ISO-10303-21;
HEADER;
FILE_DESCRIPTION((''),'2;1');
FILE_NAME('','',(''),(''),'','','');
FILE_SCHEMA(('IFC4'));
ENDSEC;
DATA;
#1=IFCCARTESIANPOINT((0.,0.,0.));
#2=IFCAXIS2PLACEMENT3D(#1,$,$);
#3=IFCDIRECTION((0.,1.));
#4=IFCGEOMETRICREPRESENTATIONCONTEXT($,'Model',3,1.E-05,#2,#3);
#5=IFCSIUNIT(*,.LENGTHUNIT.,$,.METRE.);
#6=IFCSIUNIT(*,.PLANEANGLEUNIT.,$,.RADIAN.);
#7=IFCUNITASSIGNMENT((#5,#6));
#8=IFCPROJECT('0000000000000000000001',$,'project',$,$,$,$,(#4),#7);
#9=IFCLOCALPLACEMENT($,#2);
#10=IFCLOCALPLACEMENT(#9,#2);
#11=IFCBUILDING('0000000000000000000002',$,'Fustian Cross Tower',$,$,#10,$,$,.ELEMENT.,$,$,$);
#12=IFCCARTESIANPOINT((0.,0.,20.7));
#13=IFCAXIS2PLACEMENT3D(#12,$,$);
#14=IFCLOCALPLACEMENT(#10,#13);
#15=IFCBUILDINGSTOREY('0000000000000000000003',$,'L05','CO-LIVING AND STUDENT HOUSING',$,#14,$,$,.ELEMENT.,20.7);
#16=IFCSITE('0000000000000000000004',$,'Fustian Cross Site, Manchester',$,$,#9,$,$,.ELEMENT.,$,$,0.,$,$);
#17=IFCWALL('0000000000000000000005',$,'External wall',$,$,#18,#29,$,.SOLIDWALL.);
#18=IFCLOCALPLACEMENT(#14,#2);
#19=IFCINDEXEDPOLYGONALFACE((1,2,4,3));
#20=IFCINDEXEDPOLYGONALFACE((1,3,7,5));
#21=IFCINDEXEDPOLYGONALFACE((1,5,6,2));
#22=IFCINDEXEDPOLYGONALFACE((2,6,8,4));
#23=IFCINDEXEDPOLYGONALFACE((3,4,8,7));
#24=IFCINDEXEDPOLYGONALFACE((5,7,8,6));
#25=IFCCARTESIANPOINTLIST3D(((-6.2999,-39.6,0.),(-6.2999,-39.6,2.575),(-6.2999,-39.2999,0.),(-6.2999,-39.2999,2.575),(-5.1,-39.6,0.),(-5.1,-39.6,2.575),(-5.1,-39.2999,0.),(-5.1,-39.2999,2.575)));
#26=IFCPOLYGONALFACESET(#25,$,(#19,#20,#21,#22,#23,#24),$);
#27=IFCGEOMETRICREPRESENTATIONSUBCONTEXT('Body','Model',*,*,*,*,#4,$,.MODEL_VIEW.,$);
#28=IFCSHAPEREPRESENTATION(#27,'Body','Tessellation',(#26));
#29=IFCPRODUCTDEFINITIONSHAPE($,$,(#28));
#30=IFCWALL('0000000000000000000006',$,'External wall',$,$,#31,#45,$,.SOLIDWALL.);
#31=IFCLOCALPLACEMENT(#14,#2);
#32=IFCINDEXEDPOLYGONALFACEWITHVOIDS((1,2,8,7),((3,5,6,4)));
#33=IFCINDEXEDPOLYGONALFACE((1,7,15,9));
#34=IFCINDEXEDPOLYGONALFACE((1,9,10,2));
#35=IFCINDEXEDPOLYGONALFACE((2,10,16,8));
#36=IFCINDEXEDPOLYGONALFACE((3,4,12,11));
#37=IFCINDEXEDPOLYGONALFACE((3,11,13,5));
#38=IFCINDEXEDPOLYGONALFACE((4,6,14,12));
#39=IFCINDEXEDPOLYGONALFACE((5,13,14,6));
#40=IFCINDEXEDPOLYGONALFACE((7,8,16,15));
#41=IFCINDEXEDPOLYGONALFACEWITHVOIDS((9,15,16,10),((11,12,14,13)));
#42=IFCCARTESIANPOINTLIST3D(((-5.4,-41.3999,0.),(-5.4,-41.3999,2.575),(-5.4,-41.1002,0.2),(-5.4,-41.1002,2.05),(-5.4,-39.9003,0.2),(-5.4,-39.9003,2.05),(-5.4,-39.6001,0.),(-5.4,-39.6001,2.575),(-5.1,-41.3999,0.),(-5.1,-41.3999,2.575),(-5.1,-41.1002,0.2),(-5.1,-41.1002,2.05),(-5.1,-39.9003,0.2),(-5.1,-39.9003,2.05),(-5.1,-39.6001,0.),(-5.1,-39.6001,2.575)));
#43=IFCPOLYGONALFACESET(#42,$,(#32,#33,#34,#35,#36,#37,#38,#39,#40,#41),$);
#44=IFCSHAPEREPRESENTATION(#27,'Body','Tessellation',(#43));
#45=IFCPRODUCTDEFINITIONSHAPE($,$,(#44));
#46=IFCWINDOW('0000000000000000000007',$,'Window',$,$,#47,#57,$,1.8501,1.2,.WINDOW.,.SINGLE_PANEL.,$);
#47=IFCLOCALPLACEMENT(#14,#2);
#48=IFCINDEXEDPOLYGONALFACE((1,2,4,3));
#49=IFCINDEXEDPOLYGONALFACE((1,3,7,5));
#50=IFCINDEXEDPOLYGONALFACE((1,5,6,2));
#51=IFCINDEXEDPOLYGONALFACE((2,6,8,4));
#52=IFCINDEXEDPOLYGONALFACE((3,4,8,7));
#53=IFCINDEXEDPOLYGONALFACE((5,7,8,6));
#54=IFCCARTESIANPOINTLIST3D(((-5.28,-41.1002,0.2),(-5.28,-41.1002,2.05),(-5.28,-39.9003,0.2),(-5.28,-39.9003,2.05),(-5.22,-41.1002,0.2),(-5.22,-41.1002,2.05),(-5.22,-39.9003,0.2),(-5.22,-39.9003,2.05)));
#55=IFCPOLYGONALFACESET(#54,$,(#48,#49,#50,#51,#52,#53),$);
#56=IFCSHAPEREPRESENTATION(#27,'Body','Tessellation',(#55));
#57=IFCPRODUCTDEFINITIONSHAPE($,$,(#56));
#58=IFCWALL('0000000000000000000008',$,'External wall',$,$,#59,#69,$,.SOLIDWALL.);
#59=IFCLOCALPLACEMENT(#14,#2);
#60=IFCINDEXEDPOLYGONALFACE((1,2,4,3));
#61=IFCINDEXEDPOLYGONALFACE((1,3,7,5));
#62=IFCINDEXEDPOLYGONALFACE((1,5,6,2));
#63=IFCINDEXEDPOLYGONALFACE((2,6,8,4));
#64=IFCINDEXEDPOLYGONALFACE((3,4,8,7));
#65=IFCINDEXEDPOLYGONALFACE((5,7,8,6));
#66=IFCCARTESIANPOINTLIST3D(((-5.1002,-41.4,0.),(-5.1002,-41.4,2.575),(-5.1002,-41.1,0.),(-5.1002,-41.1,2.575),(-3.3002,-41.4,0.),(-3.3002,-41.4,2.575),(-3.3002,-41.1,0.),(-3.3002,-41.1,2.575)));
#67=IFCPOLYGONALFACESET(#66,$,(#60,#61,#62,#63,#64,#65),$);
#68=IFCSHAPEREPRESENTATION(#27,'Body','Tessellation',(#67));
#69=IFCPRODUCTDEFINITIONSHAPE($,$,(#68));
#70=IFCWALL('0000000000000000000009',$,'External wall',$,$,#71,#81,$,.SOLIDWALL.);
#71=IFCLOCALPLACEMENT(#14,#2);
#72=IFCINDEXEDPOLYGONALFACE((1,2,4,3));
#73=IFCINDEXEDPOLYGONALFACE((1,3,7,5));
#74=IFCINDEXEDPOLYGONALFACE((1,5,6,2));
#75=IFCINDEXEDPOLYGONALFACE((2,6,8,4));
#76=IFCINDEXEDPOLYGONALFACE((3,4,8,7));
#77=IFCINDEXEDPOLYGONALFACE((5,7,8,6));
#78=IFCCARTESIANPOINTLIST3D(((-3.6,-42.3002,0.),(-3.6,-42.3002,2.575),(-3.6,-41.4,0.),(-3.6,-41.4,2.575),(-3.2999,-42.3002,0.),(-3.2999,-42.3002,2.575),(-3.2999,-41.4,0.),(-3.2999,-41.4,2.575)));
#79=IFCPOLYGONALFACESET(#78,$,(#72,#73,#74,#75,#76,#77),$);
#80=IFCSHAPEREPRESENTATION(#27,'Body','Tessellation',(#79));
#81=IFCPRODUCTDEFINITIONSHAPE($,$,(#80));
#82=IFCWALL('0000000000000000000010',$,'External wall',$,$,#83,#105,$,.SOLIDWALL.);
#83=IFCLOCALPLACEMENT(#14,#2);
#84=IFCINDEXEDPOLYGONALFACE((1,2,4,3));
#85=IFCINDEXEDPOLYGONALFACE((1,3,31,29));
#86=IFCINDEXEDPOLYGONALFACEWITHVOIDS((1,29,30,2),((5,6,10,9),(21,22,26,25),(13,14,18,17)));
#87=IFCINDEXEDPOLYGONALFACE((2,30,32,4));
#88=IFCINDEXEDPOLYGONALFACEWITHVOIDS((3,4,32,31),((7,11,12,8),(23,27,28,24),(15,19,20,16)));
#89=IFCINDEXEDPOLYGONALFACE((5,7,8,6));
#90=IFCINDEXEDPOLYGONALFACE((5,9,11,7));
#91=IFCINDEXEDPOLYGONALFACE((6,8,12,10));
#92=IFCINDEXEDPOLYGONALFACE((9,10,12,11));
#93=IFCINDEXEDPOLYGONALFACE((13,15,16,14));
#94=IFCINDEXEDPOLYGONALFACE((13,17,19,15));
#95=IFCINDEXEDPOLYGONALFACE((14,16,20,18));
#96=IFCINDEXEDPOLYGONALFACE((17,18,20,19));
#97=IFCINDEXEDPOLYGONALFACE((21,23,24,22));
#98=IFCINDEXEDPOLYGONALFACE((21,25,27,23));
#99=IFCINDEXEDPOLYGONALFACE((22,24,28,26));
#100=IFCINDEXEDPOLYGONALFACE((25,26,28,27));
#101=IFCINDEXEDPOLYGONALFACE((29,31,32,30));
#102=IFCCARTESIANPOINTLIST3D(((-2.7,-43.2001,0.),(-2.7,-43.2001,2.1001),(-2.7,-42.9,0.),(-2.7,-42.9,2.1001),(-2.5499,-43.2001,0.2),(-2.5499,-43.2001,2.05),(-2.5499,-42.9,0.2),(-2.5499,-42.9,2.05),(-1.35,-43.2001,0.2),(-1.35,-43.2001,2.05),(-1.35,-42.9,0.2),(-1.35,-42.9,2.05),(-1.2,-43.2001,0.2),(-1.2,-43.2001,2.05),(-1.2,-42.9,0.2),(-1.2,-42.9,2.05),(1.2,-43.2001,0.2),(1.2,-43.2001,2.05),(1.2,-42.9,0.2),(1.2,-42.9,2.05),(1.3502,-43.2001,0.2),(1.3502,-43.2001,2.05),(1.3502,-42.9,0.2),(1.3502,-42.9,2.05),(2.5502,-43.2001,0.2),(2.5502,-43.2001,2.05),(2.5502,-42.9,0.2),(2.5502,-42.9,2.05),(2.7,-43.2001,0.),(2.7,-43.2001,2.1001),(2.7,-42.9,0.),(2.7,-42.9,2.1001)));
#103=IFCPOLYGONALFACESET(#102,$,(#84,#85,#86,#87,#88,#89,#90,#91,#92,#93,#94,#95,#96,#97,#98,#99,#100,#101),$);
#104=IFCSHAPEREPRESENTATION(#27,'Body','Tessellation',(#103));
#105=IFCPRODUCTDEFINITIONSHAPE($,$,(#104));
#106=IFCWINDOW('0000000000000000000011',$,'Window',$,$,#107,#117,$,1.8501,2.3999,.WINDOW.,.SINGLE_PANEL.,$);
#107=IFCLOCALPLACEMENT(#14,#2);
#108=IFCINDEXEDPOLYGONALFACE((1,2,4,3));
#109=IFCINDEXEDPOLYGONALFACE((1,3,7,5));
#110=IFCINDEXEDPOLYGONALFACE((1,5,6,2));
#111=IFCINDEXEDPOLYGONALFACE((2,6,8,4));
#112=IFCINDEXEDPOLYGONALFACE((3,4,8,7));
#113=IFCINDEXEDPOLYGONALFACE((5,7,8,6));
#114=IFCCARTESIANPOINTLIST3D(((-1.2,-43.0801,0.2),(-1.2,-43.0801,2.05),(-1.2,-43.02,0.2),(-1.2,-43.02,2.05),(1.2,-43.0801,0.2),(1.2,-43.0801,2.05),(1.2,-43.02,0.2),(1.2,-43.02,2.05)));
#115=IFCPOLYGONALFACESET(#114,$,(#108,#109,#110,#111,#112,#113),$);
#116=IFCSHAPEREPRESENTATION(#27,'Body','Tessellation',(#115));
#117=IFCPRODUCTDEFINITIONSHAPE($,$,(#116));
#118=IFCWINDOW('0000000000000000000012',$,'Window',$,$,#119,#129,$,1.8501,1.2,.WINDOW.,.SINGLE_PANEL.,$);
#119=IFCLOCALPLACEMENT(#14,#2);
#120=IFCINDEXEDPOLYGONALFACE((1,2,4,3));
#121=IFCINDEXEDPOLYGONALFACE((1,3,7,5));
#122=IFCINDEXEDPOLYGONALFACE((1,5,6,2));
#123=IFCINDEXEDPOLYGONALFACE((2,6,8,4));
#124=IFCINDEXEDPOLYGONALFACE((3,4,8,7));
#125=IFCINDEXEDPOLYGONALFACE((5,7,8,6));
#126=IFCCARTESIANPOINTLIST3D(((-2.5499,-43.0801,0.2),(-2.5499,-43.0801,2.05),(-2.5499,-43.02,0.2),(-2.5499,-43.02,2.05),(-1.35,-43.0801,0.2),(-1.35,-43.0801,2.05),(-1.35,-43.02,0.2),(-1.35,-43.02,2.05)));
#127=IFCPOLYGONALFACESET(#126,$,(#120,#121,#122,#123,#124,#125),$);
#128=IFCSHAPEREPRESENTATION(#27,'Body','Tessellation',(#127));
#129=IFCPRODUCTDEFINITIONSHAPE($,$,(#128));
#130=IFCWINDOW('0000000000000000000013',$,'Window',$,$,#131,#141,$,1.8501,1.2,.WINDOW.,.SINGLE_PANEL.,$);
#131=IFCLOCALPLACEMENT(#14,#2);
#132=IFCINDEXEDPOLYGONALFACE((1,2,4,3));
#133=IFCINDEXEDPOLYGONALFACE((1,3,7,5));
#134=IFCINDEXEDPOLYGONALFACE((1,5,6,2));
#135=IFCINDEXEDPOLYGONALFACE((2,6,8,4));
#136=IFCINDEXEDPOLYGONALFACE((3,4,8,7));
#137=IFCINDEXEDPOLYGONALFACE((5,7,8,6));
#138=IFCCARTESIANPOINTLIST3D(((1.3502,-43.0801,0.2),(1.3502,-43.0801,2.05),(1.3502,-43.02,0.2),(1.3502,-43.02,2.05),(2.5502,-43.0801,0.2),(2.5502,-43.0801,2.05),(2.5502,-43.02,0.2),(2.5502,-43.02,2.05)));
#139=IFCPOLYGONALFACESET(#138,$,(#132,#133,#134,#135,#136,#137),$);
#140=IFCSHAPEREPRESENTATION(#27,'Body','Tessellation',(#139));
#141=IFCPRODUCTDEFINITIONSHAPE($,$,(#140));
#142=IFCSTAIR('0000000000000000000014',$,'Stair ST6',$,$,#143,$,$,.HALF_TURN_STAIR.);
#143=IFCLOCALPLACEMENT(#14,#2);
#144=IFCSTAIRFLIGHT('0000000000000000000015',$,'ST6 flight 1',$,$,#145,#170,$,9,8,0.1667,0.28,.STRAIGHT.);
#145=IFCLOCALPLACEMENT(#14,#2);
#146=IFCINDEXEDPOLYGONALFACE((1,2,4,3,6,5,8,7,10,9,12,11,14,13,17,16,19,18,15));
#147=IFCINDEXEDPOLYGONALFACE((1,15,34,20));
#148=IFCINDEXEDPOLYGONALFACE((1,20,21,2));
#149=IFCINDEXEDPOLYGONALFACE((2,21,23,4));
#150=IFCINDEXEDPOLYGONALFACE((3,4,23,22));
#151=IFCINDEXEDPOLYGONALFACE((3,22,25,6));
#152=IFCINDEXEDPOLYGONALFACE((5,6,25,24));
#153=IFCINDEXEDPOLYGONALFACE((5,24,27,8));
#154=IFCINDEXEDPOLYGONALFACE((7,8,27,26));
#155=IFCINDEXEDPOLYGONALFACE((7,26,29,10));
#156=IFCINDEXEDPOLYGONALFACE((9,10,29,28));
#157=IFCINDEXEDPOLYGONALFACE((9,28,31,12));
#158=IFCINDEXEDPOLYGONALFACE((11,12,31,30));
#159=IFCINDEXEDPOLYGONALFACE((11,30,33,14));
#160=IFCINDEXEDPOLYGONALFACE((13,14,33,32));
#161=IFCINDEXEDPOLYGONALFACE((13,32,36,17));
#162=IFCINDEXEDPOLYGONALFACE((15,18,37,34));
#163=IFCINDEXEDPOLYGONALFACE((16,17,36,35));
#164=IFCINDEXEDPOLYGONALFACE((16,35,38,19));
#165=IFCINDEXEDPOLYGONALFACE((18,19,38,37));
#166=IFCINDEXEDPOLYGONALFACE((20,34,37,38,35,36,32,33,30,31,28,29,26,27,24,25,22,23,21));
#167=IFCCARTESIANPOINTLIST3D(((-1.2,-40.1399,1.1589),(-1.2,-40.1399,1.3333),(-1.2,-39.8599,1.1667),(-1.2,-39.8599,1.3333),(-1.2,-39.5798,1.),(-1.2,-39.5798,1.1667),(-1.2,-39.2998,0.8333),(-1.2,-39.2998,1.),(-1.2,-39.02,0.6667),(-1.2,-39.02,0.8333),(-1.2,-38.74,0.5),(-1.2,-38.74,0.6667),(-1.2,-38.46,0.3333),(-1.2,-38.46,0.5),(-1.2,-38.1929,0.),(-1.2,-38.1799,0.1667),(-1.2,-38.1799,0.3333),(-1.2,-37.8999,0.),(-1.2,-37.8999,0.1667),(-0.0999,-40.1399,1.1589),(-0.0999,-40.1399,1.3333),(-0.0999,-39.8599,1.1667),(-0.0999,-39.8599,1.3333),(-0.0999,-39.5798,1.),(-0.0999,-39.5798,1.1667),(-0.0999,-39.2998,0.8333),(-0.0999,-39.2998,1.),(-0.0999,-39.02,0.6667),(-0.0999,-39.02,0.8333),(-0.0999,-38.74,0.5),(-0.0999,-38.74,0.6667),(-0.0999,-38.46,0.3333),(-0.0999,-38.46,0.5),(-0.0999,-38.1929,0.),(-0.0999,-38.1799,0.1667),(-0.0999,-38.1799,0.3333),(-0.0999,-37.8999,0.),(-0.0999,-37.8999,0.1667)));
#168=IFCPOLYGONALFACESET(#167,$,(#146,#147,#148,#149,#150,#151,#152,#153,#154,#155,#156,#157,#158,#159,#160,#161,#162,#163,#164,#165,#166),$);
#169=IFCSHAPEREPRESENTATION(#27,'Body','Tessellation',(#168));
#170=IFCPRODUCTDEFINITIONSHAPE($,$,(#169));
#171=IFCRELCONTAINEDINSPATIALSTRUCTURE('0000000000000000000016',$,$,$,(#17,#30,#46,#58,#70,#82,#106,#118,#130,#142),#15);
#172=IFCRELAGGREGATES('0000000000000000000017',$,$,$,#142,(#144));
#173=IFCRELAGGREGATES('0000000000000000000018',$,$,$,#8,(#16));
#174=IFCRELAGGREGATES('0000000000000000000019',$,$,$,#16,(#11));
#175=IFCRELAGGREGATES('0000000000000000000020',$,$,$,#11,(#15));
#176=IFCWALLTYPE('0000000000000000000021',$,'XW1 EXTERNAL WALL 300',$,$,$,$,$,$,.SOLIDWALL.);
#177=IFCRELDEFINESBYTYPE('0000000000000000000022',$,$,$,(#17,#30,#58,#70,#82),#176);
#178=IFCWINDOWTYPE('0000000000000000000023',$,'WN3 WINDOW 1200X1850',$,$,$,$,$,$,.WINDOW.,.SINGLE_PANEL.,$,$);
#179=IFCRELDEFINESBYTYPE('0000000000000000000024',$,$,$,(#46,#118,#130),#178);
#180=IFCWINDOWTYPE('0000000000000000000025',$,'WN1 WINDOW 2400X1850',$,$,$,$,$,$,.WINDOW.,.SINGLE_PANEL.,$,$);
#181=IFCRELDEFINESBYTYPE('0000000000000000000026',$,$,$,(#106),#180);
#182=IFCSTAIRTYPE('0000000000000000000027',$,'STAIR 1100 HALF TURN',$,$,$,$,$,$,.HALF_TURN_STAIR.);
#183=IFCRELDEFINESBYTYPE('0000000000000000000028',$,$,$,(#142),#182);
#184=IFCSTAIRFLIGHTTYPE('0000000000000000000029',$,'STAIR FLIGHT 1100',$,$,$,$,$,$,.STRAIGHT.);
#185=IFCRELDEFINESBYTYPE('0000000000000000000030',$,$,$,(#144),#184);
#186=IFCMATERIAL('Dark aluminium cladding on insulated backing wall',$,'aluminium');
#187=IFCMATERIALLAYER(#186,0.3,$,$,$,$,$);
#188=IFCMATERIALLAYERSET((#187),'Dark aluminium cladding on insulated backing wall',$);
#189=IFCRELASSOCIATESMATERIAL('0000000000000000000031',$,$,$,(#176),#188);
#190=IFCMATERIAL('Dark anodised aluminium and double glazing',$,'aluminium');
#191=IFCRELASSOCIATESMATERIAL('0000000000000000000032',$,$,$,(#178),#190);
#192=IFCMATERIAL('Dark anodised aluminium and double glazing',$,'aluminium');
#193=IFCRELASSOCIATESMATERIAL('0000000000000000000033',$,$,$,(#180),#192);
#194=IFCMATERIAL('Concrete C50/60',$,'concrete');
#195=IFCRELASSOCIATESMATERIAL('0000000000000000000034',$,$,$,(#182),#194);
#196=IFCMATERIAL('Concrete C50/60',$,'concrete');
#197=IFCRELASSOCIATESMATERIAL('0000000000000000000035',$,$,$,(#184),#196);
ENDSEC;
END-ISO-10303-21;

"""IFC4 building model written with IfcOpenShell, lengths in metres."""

from ifc_helpers import new_model, si_unit, direction, frame, frame_2d, origin, place, context, subcontext, project, spatial, polyline, rectangle, outline, extrude, material, layer, layer_set, type_object, element, fill, aggregate, save


model = new_model("IFC4")

# Units and contexts
model_context = context("Model", 3, precision=1e-05, world=origin(), true_north=direction((0.0, 1.0)))
body_context = subcontext(model_context, "Body", "Model", "MODEL_VIEW")
ifc_project = project(units=[si_unit("LENGTHUNIT", "METRE"), si_unit("PLANEANGLEUNIT", "RADIAN")], contexts=[model_context])

# Site, building, storey
site_placement = place(None, origin())
site = spatial("IfcSite", under=ifc_project, at=site_placement, Name="Fustian Cross Site, Manchester", CompositionType="ELEMENT", RefElevation=0.0)
building_placement = place(site_placement, origin())
building = spatial("IfcBuilding", under=site, at=building_placement, Name="Fustian Cross Tower", CompositionType="ELEMENT")
storey_placement = place(building_placement, frame((0.0, 0.0, 20.7)))
storey = spatial("IfcBuildingStorey", under=building, at=storey_placement, Name="L05", Description="CO-LIVING AND STUDENT HOUSING", CompositionType="ELEMENT", Elevation=20.7)

# Wall
ifc_material_1 = material(Name="Dark aluminium cladding on insulated backing wall", Category="aluminium")
ifc_layer_1 = layer(ifc_material_1, 0.3)
ifc_layer_set_1 = layer_set([ifc_layer_1], Name="Dark aluminium cladding on insulated backing wall")
wall_type_1 = type_object("IfcWallType", Name="XW1 EXTERNAL WALL 300", PredefinedType="SOLIDWALL", material=ifc_layer_set_1)
wall_1_placement = place(storey_placement, frame((-6.3, -39.45, 0.0), z_axis=(0.0, 0.0, 1.0), x_axis=(1.0, 0.0, 0.0)))
element("IfcWall", 1, at=wall_1_placement, inside=storey, type_object=wall_type_1, Name="External wall", PredefinedType="SOLIDWALL", context=body_context, shape_type="SweptSolid", body=[
    extrude(rectangle(XDim=1.2, YDim=0.3, at=frame_2d((0.6001, 0.0))), origin(), (0.0, 0.0, 1.0), 2.575),
])

# Wall, opening, window
wall_2_placement = place(storey_placement, frame((-5.25, -39.6001, 0.0), z_axis=(0.0, 0.0, 1.0), x_axis=(0.0, -1.0, 0.0)))
wall_2 = element("IfcWall", 2, at=wall_2_placement, inside=storey, type_object=wall_type_1, Name="External wall", PredefinedType="SOLIDWALL", context=body_context, shape_type="SweptSolid", body=[
    extrude(rectangle(XDim=1.7998, YDim=0.3, at=frame_2d((0.8999, 0.0))), origin(), (0.0, 0.0, 1.0), 2.575),
])
opening_1_placement = place(wall_2_placement, frame((0.3, 0.0, 0.2)))
opening_1 = element("IfcOpeningElement", 3, at=opening_1_placement, cuts=wall_2, PredefinedType="OPENING", context=body_context, shape_type="SweptSolid", body=[
    extrude(rectangle(XDim=1.2, YDim=1.8501, at=frame_2d((0.6001, 0.925))), frame((0.0, 0.1599, 0.0), z_axis=(0.0, -1.0, 0.0), x_axis=(1.0, 0.0, 0.0)), (0.0, 0.0, 1.0), 0.3201),
])
ifc_material_2 = material(Name="Dark anodised aluminium and double glazing", Category="aluminium")
window_type_1 = type_object("IfcWindowType", Name="WN3 WINDOW 1200X1850", PartitioningType="SINGLE_PANEL", PredefinedType="WINDOW", material=ifc_material_2)
window_1_placement = place(opening_1_placement, origin())
window_1 = element("IfcWindow", 4, at=window_1_placement, inside=storey, type_object=window_type_1, Name="Window", OverallHeight=1.8501, OverallWidth=1.2, PartitioningType="SINGLE_PANEL", PredefinedType="WINDOW", context=body_context, shape_type="SweptSolid", body=[
    extrude(rectangle(XDim=1.2, YDim=1.8501, at=frame_2d((0.6001, 0.925))), frame((0.0, 0.03, 0.0), z_axis=(0.0, -1.0, 0.0), x_axis=(1.0, 0.0, 0.0)), (0.0, 0.0, 1.0), 0.0601),
])
fill(opening_1, window_1)

# Walls
wall_3_placement = place(storey_placement, frame((-5.1001, -41.25, 0.0), z_axis=(0.0, 0.0, 1.0), x_axis=(1.0, 0.0, 0.0)))
element("IfcWall", 5, at=wall_3_placement, inside=storey, type_object=wall_type_1, Name="External wall", PredefinedType="SOLIDWALL", context=body_context, shape_type="SweptSolid", body=[
    extrude(rectangle(XDim=1.8, YDim=0.3, at=frame_2d((0.8999, 0.0))), origin(), (0.0, 0.0, 1.0), 2.575),
])
wall_4_placement = place(storey_placement, frame((-3.45, -41.3999, 0.0), z_axis=(0.0, 0.0, 1.0), x_axis=(0.0, -1.0, 0.0)))
element("IfcWall", 6, at=wall_4_placement, inside=storey, type_object=wall_type_1, Name="External wall", PredefinedType="SOLIDWALL", context=body_context, shape_type="SweptSolid", body=[
    extrude(rectangle(XDim=0.9001, YDim=0.3, at=frame_2d((0.4502, 0.0))), origin(), (0.0, 0.0, 1.0), 2.575),
])

# Wall, openings, windows
wall_5_placement = place(storey_placement, frame((-2.7, -43.05, 0.0), z_axis=(0.0, 0.0, 1.0), x_axis=(1.0, 0.0, 0.0)))
wall_5 = element("IfcWall", 7, at=wall_5_placement, inside=storey, type_object=wall_type_1, Name="External wall", PredefinedType="SOLIDWALL", context=body_context, shape_type="SweptSolid", body=[
    extrude(rectangle(XDim=5.3999, YDim=0.3, at=frame_2d((2.7, 0.0))), origin(), (0.0, 0.0, 1.0), 2.1001),
])
opening_2_placement = place(wall_5_placement, frame((1.5, 0.0, 0.2)))
opening_2 = element("IfcOpeningElement", 8, at=opening_2_placement, cuts=wall_5, PredefinedType="OPENING", context=body_context, shape_type="SweptSolid", body=[
    extrude(rectangle(XDim=2.3999, YDim=1.8501, at=frame_2d((1.2, 0.925))), frame((0.0, 0.1599, 0.0), z_axis=(0.0, -1.0, 0.0), x_axis=(1.0, 0.0, 0.0)), (0.0, 0.0, 1.0), 0.3201),
])
opening_3_placement = place(wall_5_placement, frame((0.1499, 0.0, 0.2)))
opening_3 = element("IfcOpeningElement", 9, at=opening_3_placement, cuts=wall_5, PredefinedType="OPENING", context=body_context, shape_type="SweptSolid", body=[
    extrude(rectangle(XDim=1.2, YDim=1.8501, at=frame_2d((0.6001, 0.925))), frame((0.0, 0.1599, 0.0), z_axis=(0.0, -1.0, 0.0), x_axis=(1.0, 0.0, 0.0)), (0.0, 0.0, 1.0), 0.3201),
])
opening_4_placement = place(wall_5_placement, frame((4.05, 0.0, 0.2)))
opening_4 = element("IfcOpeningElement", 10, at=opening_4_placement, cuts=wall_5, PredefinedType="OPENING", context=body_context, shape_type="SweptSolid", body=[
    extrude(rectangle(XDim=1.2, YDim=1.8501, at=frame_2d((0.6001, 0.925))), frame((0.0, 0.1599, 0.0), z_axis=(0.0, -1.0, 0.0), x_axis=(1.0, 0.0, 0.0)), (0.0, 0.0, 1.0), 0.3201),
])
ifc_material_3 = material(Name="Dark anodised aluminium and double glazing", Category="aluminium")
window_type_2 = type_object("IfcWindowType", Name="WN1 WINDOW 2400X1850", PartitioningType="SINGLE_PANEL", PredefinedType="WINDOW", material=ifc_material_3)
window_2_placement = place(opening_2_placement, origin())
window_2 = element("IfcWindow", 11, at=window_2_placement, inside=storey, type_object=window_type_2, Name="Window", OverallHeight=1.8501, OverallWidth=2.3999, PartitioningType="SINGLE_PANEL", PredefinedType="WINDOW", context=body_context, shape_type="SweptSolid", body=[
    extrude(rectangle(XDim=2.3999, YDim=1.8501, at=frame_2d((1.2, 0.925))), frame((0.0, 0.03, 0.0), z_axis=(0.0, -1.0, 0.0), x_axis=(1.0, 0.0, 0.0)), (0.0, 0.0, 1.0), 0.0601),
])
fill(opening_2, window_2)
window_3_placement = place(opening_3_placement, origin())
window_3 = element("IfcWindow", 12, at=window_3_placement, inside=storey, type_object=window_type_1, Name="Window", OverallHeight=1.8501, OverallWidth=1.2, PartitioningType="SINGLE_PANEL", PredefinedType="WINDOW", context=body_context, shape_type="SweptSolid", body=[
    extrude(rectangle(XDim=1.2, YDim=1.8501, at=frame_2d((0.6001, 0.925))), frame((0.0, 0.03, 0.0), z_axis=(0.0, -1.0, 0.0), x_axis=(1.0, 0.0, 0.0)), (0.0, 0.0, 1.0), 0.0601),
])
fill(opening_3, window_3)
window_4_placement = place(opening_4_placement, origin())
window_4 = element("IfcWindow", 13, at=window_4_placement, inside=storey, type_object=window_type_1, Name="Window", OverallHeight=1.8501, OverallWidth=1.2, PartitioningType="SINGLE_PANEL", PredefinedType="WINDOW", context=body_context, shape_type="SweptSolid", body=[
    extrude(rectangle(XDim=1.2, YDim=1.8501, at=frame_2d((0.6001, 0.925))), frame((0.0, 0.03, 0.0), z_axis=(0.0, -1.0, 0.0), x_axis=(1.0, 0.0, 0.0)), (0.0, 0.0, 1.0), 0.0601),
])
fill(opening_4, window_4)

# Stair, stair flight
ifc_material_4 = material(Name="Concrete C50/60", Category="concrete")
stair_type = type_object("IfcStairType", Name="STAIR 1100 HALF TURN", PredefinedType="HALF_TURN_STAIR", material=ifc_material_4)
stair_placement = place(storey_placement, origin())
stair = element("IfcStair", 14, at=stair_placement, inside=storey, type_object=stair_type, Name="Stair ST6", PredefinedType="HALF_TURN_STAIR")
ifc_material_5 = material(Name="Concrete C50/60", Category="concrete")
stair_flight_type = type_object("IfcStairFlightType", Name="STAIR FLIGHT 1100", PredefinedType="STRAIGHT", material=ifc_material_5)
stair_flight_placement = place(storey_placement, frame((-0.6499, -37.8999, 0.0), z_axis=(0.0, 0.0, 1.0), x_axis=(0.0, -1.0, 0.0)))
stair_flight = element("IfcStairFlight", 15, at=stair_flight_placement, type_object=stair_flight_type, Name="ST6 flight 1", NumberOfRisers=9, NumberOfTreads=8, PredefinedType="STRAIGHT", RiserHeight=0.1667, TreadLength=0.28, context=body_context, shape_type="SweptSolid", body=[
    extrude(outline(polyline([(0.0, 0.0), (0.0, 0.1667), (0.28, 0.1667), (0.28, 0.3333), (0.5601, 0.3333), (0.5601, 0.5), (0.8401, 0.5), (0.8401, 0.6667), (1.1201, 0.6667), (1.1201, 0.8333), (1.3999, 0.8333), (1.3999, 1.0), (1.6799, 1.0), (1.6799, 1.1667), (1.96, 1.1667), (1.96, 1.3333), (2.24, 1.3333), (2.24, 1.5), (2.24, 1.1589), (0.293, 0.0), (0.0, 0.0)])), frame((0.0, 0.55, 0.0), z_axis=(0.0, -1.0, 0.0), x_axis=(1.0, 0.0, 0.0)), (0.0, 0.0, 1.0), 1.1001),
])
aggregate(stair, [stair_flight])

save(model, "model.ifc")
